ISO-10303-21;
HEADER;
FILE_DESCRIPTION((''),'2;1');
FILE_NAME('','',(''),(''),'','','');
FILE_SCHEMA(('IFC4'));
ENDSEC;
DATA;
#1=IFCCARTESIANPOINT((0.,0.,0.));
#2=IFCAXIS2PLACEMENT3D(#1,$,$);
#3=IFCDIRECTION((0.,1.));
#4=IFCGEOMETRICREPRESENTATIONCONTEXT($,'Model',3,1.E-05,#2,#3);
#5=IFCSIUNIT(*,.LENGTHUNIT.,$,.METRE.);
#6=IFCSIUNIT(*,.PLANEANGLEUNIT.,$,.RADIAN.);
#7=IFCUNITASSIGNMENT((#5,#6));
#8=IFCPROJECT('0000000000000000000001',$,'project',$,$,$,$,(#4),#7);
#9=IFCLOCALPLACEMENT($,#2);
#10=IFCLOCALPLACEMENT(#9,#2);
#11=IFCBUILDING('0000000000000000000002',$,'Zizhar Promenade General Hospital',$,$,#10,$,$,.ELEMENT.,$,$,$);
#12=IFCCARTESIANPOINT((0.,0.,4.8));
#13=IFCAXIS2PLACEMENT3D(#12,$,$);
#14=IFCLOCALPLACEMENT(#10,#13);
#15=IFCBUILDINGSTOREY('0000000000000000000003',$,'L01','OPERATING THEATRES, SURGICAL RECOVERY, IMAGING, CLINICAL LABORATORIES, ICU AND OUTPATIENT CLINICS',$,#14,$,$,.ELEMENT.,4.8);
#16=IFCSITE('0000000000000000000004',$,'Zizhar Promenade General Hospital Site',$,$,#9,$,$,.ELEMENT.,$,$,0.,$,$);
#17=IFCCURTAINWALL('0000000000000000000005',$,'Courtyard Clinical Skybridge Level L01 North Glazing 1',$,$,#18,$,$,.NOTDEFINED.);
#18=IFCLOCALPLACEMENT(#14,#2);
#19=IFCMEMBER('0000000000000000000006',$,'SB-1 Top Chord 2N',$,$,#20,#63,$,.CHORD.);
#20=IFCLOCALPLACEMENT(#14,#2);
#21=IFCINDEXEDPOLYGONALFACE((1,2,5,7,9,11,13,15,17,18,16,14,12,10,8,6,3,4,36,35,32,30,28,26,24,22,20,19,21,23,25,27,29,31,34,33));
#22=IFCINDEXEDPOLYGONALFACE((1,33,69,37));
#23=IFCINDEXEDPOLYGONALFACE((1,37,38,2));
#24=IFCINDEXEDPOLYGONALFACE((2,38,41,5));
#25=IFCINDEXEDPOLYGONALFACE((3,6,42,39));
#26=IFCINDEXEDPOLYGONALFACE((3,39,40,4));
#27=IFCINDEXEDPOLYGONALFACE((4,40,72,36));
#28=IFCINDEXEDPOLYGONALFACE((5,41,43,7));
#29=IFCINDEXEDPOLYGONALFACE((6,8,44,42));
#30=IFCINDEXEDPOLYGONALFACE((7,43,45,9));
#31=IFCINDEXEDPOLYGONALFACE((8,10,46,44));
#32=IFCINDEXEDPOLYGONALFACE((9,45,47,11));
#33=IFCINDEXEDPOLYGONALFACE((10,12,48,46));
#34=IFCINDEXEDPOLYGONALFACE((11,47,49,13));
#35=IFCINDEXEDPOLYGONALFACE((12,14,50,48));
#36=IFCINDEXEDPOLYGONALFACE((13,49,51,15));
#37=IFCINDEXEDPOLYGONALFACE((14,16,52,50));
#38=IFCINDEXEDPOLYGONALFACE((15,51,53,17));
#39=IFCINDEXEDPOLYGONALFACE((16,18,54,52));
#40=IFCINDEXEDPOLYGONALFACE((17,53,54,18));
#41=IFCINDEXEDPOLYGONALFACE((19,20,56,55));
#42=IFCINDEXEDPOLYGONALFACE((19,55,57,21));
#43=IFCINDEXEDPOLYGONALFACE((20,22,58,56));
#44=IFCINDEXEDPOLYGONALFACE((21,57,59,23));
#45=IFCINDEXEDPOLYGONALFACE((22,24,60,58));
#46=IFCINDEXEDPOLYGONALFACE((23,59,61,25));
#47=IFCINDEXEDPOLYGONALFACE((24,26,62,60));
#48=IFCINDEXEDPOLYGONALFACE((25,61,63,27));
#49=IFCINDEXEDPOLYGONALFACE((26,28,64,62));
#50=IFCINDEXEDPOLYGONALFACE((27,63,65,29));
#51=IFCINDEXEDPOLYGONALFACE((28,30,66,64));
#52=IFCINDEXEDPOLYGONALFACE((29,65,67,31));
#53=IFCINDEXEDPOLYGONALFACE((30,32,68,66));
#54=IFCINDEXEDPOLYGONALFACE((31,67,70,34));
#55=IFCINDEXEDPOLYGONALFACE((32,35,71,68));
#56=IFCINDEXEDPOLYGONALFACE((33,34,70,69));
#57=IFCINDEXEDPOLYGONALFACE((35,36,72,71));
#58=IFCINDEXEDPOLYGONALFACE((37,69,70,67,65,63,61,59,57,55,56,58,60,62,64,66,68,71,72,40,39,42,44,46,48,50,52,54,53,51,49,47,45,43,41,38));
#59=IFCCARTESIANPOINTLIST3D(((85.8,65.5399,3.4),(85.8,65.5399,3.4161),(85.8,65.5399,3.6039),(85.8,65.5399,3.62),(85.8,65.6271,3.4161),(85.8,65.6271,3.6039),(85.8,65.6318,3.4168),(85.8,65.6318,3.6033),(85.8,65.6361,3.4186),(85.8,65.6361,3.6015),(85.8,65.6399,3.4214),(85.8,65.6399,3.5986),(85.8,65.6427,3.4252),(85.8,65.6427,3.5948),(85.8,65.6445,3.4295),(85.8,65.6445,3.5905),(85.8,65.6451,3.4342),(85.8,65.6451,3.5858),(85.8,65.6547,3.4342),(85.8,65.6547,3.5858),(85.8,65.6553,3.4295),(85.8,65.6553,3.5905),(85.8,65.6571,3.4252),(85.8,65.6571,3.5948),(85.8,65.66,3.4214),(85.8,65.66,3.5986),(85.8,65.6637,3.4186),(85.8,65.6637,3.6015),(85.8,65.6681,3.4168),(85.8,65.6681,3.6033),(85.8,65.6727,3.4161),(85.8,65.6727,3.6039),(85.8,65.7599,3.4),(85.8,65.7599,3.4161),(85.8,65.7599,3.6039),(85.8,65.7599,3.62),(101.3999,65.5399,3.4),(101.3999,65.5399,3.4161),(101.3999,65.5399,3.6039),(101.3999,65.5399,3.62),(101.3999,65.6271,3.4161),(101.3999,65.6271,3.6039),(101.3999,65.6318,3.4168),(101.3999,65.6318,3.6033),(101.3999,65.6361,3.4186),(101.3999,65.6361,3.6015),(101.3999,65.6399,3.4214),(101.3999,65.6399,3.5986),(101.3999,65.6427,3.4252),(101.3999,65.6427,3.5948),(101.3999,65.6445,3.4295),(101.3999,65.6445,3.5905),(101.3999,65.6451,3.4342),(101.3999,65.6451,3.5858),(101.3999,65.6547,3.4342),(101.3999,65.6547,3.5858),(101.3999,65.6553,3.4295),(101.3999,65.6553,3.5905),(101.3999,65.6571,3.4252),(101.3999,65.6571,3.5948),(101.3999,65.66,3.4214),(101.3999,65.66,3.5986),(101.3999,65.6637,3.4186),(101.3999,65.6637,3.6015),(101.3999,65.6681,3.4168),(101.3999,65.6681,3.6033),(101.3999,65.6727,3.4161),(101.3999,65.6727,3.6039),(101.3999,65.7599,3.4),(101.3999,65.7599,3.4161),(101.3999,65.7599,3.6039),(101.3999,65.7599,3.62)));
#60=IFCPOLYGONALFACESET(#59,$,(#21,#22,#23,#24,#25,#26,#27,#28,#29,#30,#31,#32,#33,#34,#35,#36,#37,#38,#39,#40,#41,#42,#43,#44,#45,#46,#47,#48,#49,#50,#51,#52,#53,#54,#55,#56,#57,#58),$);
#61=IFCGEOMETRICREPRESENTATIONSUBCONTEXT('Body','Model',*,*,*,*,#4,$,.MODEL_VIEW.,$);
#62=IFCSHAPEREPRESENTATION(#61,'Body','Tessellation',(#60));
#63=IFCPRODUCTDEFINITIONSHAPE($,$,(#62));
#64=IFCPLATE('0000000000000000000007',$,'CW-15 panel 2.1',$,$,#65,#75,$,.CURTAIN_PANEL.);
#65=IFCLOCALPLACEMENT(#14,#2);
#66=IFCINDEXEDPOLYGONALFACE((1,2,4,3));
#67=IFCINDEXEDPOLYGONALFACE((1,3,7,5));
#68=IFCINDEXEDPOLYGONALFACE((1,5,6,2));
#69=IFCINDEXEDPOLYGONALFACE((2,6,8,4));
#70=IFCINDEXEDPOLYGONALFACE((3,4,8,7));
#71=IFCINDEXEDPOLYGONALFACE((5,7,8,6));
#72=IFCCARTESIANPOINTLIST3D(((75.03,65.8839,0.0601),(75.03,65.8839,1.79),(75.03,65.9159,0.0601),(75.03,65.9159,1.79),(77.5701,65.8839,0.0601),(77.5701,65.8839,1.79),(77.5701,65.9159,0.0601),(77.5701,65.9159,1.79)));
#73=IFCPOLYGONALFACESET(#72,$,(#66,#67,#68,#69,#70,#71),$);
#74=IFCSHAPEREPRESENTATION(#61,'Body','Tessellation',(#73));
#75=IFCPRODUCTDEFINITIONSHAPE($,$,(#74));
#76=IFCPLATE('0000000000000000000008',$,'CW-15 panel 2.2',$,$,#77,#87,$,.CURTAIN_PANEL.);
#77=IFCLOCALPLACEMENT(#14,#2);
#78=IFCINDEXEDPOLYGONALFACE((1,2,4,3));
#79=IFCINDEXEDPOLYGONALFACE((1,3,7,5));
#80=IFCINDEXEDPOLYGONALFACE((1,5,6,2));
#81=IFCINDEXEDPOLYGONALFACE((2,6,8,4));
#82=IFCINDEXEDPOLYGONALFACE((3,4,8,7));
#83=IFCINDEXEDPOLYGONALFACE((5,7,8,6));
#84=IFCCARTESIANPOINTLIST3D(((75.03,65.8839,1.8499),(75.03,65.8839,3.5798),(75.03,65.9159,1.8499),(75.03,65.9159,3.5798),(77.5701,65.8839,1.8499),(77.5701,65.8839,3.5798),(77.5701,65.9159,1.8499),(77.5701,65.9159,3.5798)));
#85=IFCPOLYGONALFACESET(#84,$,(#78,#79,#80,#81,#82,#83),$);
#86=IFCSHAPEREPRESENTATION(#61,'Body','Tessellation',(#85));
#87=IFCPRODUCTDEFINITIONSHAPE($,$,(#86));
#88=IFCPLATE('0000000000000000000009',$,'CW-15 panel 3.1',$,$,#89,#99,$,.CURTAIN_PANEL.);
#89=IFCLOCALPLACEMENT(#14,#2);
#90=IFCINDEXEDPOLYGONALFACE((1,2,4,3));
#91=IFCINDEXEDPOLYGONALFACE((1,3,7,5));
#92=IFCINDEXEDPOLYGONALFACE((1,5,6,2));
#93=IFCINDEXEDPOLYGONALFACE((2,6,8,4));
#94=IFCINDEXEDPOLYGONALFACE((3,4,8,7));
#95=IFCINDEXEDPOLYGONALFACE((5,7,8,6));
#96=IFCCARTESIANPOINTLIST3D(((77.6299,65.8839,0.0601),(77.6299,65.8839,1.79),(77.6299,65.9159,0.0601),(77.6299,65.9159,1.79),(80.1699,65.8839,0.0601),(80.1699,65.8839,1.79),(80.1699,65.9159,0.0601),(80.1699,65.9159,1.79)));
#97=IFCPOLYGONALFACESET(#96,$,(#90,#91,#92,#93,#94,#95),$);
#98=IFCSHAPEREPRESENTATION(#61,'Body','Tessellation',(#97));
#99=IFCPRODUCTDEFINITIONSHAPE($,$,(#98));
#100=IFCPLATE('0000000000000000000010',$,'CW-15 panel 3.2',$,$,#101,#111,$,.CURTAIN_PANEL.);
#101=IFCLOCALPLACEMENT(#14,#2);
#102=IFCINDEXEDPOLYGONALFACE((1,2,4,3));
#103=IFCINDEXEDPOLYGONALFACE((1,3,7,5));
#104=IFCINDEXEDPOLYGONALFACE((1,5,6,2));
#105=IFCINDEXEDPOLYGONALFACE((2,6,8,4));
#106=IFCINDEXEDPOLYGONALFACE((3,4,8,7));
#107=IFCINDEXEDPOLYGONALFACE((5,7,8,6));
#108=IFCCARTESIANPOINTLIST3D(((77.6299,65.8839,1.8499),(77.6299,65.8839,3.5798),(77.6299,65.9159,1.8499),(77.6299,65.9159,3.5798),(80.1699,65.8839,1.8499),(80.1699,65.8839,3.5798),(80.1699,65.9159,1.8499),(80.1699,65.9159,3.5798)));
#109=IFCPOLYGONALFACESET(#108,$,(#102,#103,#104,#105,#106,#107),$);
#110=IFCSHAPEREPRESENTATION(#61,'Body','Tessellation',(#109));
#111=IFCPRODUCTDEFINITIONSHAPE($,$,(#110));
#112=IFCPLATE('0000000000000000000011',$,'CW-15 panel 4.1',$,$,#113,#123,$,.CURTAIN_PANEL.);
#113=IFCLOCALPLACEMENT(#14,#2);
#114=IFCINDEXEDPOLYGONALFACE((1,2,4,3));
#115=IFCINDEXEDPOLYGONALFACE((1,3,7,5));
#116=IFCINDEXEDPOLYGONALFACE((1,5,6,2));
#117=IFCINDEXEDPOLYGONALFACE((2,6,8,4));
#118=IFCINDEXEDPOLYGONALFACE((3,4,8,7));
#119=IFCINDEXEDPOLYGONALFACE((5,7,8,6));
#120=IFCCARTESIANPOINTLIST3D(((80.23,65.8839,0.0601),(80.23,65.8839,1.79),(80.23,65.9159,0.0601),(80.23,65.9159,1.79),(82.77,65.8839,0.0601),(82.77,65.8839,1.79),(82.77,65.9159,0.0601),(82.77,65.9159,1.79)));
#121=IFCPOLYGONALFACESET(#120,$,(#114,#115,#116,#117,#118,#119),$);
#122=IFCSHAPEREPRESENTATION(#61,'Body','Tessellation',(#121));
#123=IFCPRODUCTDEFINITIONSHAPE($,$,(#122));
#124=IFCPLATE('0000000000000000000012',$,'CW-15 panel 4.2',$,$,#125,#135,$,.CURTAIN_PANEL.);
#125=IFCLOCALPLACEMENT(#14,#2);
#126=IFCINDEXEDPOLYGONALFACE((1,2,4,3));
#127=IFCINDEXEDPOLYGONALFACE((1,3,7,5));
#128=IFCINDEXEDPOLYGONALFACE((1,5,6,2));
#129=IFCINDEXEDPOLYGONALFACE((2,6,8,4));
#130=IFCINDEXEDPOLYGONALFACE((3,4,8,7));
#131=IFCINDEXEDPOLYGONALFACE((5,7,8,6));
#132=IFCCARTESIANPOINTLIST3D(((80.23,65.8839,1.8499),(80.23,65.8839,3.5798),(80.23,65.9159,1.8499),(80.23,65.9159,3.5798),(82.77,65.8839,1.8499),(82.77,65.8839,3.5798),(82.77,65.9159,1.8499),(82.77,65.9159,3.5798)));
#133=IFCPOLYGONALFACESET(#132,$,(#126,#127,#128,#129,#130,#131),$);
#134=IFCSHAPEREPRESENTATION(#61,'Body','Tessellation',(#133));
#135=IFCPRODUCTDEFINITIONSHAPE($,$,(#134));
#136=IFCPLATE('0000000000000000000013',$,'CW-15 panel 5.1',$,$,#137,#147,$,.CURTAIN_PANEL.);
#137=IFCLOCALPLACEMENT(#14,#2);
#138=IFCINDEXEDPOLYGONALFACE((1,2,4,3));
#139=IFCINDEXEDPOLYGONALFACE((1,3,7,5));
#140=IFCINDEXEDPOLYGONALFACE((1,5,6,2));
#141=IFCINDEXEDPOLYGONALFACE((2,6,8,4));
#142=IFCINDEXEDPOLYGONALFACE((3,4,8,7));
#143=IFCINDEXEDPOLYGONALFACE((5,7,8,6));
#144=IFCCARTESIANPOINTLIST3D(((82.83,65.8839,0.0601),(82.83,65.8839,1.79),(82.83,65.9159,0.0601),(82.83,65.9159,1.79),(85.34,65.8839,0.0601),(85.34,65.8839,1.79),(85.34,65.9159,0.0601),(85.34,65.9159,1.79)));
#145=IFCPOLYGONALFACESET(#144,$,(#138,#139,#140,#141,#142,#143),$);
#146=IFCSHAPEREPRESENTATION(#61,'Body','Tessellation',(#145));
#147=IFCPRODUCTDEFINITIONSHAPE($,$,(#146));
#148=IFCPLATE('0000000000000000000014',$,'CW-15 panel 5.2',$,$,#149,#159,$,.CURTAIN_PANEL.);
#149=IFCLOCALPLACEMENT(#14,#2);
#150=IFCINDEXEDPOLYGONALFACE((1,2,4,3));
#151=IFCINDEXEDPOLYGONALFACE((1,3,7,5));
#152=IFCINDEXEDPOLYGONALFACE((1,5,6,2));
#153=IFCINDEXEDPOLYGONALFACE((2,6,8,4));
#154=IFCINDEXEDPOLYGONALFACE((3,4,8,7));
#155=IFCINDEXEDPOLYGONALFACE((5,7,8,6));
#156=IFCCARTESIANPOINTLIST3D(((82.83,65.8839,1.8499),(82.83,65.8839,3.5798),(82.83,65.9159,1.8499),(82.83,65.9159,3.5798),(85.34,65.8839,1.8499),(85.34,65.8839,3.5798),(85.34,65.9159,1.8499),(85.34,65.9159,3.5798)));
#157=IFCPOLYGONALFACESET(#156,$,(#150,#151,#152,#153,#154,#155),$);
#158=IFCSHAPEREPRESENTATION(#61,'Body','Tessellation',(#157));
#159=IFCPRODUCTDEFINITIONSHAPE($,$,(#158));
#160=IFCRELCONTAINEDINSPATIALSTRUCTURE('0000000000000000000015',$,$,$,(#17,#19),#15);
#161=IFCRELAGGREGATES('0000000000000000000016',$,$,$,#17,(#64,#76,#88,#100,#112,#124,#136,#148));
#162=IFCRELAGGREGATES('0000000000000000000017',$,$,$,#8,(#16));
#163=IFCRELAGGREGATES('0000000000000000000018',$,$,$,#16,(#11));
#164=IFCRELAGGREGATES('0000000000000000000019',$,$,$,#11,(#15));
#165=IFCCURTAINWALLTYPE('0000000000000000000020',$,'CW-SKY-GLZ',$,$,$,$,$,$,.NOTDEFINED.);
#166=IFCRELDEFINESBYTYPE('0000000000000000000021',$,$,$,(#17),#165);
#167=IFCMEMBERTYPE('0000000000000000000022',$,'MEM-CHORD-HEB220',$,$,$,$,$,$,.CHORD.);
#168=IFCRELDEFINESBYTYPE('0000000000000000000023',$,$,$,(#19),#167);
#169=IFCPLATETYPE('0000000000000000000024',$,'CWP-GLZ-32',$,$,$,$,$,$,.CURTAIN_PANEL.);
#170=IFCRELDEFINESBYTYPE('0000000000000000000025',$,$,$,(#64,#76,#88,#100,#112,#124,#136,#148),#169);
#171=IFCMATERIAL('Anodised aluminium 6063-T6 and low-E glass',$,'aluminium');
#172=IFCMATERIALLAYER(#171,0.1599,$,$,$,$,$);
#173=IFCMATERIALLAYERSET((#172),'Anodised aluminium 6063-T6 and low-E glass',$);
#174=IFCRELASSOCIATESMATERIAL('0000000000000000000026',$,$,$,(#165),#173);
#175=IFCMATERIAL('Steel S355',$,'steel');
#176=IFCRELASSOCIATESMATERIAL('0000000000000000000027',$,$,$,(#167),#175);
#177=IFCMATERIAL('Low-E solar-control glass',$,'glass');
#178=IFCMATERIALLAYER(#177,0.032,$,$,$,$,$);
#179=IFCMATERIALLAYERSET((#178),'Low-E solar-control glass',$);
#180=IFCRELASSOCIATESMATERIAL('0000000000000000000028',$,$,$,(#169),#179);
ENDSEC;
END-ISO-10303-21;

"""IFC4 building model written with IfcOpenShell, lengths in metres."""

from ifc_helpers import new_model, si_unit, direction, frame, origin, origin_2d, place, context, subcontext, project, spatial, rectangle, i_section, extrude, material, layer, layer_set, material_profile, profile_set, type_object, element, aggregate, save


model = new_model("IFC4")

# Units and contexts
model_context = context("Model", 3, precision=1e-05, world=origin(), true_north=direction((0.0, 1.0)))
body_context = subcontext(model_context, "Body", "Model", "MODEL_VIEW")
ifc_project = project(units=[si_unit("LENGTHUNIT", "METRE"), si_unit("PLANEANGLEUNIT", "RADIAN")], contexts=[model_context])

# Site, building, storey
site_placement = place(None, origin())
site = spatial("IfcSite", under=ifc_project, at=site_placement, Name="Zizhar Promenade General Hospital Site", CompositionType="ELEMENT", RefElevation=0.0)
building_placement = place(site_placement, origin())
building = spatial("IfcBuilding", under=site, at=building_placement, Name="Zizhar Promenade General Hospital", CompositionType="ELEMENT")
storey_placement = place(building_placement, frame((0.0, 0.0, 4.8)))
storey = spatial("IfcBuildingStorey", under=building, at=storey_placement, Name="L01", Description="OPERATING THEATRES, SURGICAL RECOVERY, IMAGING, CLINICAL LABORATORIES, ICU AND OUTPATIENT CLINICS", CompositionType="ELEMENT", Elevation=4.8)

# Curtain wall
ifc_material_1 = material(Name="Anodised aluminium 6063-T6 and low-E glass", Category="aluminium")
ifc_layer_1 = layer(ifc_material_1, 0.1599)
ifc_layer_set_1 = layer_set([ifc_layer_1], Name="Anodised aluminium 6063-T6 and low-E glass")
curtain_wall_type = type_object("IfcCurtainWallType", Name="CW-SKY-GLZ", PredefinedType="NOTDEFINED", material=ifc_layer_set_1)
curtain_wall_1_placement = place(storey_placement, origin())
curtain_wall_1 = element("IfcCurtainWall", 1, at=curtain_wall_1_placement, inside=storey, type_object=curtain_wall_type, Name="Courtyard Clinical Skybridge Level L01 North Glazing 1", PredefinedType="NOTDEFINED")

# Member
ifc_material_2 = material(Name="Steel S355", Category="steel")
ifc_material_profile_1 = material_profile(ifc_material_2, i_section(OverallWidth=0.22, OverallDepth=0.22, WebThickness=0.0095, FlangeThickness=0.0161, FilletRadius=0.0181, at=origin_2d()))
ifc_profile_set_1 = profile_set([ifc_material_profile_1], Name="Steel S355")
member_type_1 = type_object("IfcMemberType", Name="MEM-CHORD-HEB220", PredefinedType="CHORD", material=ifc_profile_set_1)
member_1_placement = place(storey_placement, frame((85.8, 65.6499, 3.51), z_axis=(1.0, 0.0, 0.0), x_axis=(0.0, 1.0, 0.0)))
element("IfcMember", 2, at=member_1_placement, inside=storey, type_object=member_type_1, Name="SB-1 Top Chord 2N", PredefinedType="CHORD", context=body_context, shape_type="SweptSolid", body=[
    extrude(i_section(OverallWidth=0.22, OverallDepth=0.22, WebThickness=0.0095, FlangeThickness=0.0161, FilletRadius=0.0181, at=origin_2d()), origin(), (0.0, 0.0, 1.0), 15.5999),
])

# Plates
ifc_material_3 = material(Name="Low-E solar-control glass", Category="glass")
ifc_layer_2 = layer(ifc_material_3, 0.032)
ifc_layer_set_2 = layer_set([ifc_layer_2], Name="Low-E solar-control glass")
plate_type = type_object("IfcPlateType", Name="CWP-GLZ-32", PredefinedType="CURTAIN_PANEL", material=ifc_layer_set_2)
plate_1_placement = place(storey_placement, frame((76.3, 65.8999, 0.0601), z_axis=(0.0, 0.0, 1.0), x_axis=(1.0, 0.0, 0.0)))
plate_1 = element("IfcPlate", 3, at=plate_1_placement, type_object=plate_type, Name="CW-15 panel 2.1", PredefinedType="CURTAIN_PANEL", context=body_context, shape_type="SweptSolid", body=[
    extrude(rectangle(XDim=2.54, YDim=0.032, at=origin_2d()), origin(), (0.0, 0.0, 1.0), 1.73),
])
plate_2_placement = place(storey_placement, frame((76.3, 65.8999, 1.8499), z_axis=(0.0, 0.0, 1.0), x_axis=(1.0, 0.0, 0.0)))
plate_2 = element("IfcPlate", 4, at=plate_2_placement, type_object=plate_type, Name="CW-15 panel 2.2", PredefinedType="CURTAIN_PANEL", context=body_context, shape_type="SweptSolid", body=[
    extrude(rectangle(XDim=2.54, YDim=0.032, at=origin_2d()), origin(), (0.0, 0.0, 1.0), 1.73),
])
plate_3_placement = place(storey_placement, frame((78.8999, 65.8999, 0.0601), z_axis=(0.0, 0.0, 1.0), x_axis=(1.0, 0.0, 0.0)))
plate_3 = element("IfcPlate", 5, at=plate_3_placement, type_object=plate_type, Name="CW-15 panel 3.1", PredefinedType="CURTAIN_PANEL", context=body_context, shape_type="SweptSolid", body=[
    extrude(rectangle(XDim=2.54, YDim=0.032, at=origin_2d()), origin(), (0.0, 0.0, 1.0), 1.73),
])
plate_4_placement = place(storey_placement, frame((78.8999, 65.8999, 1.8499), z_axis=(0.0, 0.0, 1.0), x_axis=(1.0, 0.0, 0.0)))
plate_4 = element("IfcPlate", 6, at=plate_4_placement, type_object=plate_type, Name="CW-15 panel 3.2", PredefinedType="CURTAIN_PANEL", context=body_context, shape_type="SweptSolid", body=[
    extrude(rectangle(XDim=2.54, YDim=0.032, at=origin_2d()), origin(), (0.0, 0.0, 1.0), 1.73),
])
plate_5_placement = place(storey_placement, frame((81.5, 65.8999, 0.0601), z_axis=(0.0, 0.0, 1.0), x_axis=(1.0, 0.0, 0.0)))
plate_5 = element("IfcPlate", 7, at=plate_5_placement, type_object=plate_type, Name="CW-15 panel 4.1", PredefinedType="CURTAIN_PANEL", context=body_context, shape_type="SweptSolid", body=[
    extrude(rectangle(XDim=2.54, YDim=0.032, at=origin_2d()), origin(), (0.0, 0.0, 1.0), 1.73),
])
plate_6_placement = place(storey_placement, frame((81.5, 65.8999, 1.8499), z_axis=(0.0, 0.0, 1.0), x_axis=(1.0, 0.0, 0.0)))
plate_6 = element("IfcPlate", 8, at=plate_6_placement, type_object=plate_type, Name="CW-15 panel 4.2", PredefinedType="CURTAIN_PANEL", context=body_context, shape_type="SweptSolid", body=[
    extrude(rectangle(XDim=2.54, YDim=0.032, at=origin_2d()), origin(), (0.0, 0.0, 1.0), 1.73),
])
plate_7_placement = place(storey_placement, frame((84.085, 65.8999, 0.0601), z_axis=(0.0, 0.0, 1.0), x_axis=(1.0, 0.0, 0.0)))
plate_7 = element("IfcPlate", 9, at=plate_7_placement, type_object=plate_type, Name="CW-15 panel 5.1", PredefinedType="CURTAIN_PANEL", context=body_context, shape_type="SweptSolid", body=[
    extrude(rectangle(XDim=2.51, YDim=0.032, at=origin_2d()), origin(), (0.0, 0.0, 1.0), 1.73),
])
plate_8_placement = place(storey_placement, frame((84.085, 65.8999, 1.8499), z_axis=(0.0, 0.0, 1.0), x_axis=(1.0, 0.0, 0.0)))
plate_8 = element("IfcPlate", 10, at=plate_8_placement, type_object=plate_type, Name="CW-15 panel 5.2", PredefinedType="CURTAIN_PANEL", context=body_context, shape_type="SweptSolid", body=[
    extrude(rectangle(XDim=2.51, YDim=0.032, at=origin_2d()), origin(), (0.0, 0.0, 1.0), 1.73),
])
aggregate(curtain_wall_1, [plate_1, plate_2, plate_3, plate_4, plate_5, plate_6, plate_7, plate_8])

save(model, "model.ifc")
